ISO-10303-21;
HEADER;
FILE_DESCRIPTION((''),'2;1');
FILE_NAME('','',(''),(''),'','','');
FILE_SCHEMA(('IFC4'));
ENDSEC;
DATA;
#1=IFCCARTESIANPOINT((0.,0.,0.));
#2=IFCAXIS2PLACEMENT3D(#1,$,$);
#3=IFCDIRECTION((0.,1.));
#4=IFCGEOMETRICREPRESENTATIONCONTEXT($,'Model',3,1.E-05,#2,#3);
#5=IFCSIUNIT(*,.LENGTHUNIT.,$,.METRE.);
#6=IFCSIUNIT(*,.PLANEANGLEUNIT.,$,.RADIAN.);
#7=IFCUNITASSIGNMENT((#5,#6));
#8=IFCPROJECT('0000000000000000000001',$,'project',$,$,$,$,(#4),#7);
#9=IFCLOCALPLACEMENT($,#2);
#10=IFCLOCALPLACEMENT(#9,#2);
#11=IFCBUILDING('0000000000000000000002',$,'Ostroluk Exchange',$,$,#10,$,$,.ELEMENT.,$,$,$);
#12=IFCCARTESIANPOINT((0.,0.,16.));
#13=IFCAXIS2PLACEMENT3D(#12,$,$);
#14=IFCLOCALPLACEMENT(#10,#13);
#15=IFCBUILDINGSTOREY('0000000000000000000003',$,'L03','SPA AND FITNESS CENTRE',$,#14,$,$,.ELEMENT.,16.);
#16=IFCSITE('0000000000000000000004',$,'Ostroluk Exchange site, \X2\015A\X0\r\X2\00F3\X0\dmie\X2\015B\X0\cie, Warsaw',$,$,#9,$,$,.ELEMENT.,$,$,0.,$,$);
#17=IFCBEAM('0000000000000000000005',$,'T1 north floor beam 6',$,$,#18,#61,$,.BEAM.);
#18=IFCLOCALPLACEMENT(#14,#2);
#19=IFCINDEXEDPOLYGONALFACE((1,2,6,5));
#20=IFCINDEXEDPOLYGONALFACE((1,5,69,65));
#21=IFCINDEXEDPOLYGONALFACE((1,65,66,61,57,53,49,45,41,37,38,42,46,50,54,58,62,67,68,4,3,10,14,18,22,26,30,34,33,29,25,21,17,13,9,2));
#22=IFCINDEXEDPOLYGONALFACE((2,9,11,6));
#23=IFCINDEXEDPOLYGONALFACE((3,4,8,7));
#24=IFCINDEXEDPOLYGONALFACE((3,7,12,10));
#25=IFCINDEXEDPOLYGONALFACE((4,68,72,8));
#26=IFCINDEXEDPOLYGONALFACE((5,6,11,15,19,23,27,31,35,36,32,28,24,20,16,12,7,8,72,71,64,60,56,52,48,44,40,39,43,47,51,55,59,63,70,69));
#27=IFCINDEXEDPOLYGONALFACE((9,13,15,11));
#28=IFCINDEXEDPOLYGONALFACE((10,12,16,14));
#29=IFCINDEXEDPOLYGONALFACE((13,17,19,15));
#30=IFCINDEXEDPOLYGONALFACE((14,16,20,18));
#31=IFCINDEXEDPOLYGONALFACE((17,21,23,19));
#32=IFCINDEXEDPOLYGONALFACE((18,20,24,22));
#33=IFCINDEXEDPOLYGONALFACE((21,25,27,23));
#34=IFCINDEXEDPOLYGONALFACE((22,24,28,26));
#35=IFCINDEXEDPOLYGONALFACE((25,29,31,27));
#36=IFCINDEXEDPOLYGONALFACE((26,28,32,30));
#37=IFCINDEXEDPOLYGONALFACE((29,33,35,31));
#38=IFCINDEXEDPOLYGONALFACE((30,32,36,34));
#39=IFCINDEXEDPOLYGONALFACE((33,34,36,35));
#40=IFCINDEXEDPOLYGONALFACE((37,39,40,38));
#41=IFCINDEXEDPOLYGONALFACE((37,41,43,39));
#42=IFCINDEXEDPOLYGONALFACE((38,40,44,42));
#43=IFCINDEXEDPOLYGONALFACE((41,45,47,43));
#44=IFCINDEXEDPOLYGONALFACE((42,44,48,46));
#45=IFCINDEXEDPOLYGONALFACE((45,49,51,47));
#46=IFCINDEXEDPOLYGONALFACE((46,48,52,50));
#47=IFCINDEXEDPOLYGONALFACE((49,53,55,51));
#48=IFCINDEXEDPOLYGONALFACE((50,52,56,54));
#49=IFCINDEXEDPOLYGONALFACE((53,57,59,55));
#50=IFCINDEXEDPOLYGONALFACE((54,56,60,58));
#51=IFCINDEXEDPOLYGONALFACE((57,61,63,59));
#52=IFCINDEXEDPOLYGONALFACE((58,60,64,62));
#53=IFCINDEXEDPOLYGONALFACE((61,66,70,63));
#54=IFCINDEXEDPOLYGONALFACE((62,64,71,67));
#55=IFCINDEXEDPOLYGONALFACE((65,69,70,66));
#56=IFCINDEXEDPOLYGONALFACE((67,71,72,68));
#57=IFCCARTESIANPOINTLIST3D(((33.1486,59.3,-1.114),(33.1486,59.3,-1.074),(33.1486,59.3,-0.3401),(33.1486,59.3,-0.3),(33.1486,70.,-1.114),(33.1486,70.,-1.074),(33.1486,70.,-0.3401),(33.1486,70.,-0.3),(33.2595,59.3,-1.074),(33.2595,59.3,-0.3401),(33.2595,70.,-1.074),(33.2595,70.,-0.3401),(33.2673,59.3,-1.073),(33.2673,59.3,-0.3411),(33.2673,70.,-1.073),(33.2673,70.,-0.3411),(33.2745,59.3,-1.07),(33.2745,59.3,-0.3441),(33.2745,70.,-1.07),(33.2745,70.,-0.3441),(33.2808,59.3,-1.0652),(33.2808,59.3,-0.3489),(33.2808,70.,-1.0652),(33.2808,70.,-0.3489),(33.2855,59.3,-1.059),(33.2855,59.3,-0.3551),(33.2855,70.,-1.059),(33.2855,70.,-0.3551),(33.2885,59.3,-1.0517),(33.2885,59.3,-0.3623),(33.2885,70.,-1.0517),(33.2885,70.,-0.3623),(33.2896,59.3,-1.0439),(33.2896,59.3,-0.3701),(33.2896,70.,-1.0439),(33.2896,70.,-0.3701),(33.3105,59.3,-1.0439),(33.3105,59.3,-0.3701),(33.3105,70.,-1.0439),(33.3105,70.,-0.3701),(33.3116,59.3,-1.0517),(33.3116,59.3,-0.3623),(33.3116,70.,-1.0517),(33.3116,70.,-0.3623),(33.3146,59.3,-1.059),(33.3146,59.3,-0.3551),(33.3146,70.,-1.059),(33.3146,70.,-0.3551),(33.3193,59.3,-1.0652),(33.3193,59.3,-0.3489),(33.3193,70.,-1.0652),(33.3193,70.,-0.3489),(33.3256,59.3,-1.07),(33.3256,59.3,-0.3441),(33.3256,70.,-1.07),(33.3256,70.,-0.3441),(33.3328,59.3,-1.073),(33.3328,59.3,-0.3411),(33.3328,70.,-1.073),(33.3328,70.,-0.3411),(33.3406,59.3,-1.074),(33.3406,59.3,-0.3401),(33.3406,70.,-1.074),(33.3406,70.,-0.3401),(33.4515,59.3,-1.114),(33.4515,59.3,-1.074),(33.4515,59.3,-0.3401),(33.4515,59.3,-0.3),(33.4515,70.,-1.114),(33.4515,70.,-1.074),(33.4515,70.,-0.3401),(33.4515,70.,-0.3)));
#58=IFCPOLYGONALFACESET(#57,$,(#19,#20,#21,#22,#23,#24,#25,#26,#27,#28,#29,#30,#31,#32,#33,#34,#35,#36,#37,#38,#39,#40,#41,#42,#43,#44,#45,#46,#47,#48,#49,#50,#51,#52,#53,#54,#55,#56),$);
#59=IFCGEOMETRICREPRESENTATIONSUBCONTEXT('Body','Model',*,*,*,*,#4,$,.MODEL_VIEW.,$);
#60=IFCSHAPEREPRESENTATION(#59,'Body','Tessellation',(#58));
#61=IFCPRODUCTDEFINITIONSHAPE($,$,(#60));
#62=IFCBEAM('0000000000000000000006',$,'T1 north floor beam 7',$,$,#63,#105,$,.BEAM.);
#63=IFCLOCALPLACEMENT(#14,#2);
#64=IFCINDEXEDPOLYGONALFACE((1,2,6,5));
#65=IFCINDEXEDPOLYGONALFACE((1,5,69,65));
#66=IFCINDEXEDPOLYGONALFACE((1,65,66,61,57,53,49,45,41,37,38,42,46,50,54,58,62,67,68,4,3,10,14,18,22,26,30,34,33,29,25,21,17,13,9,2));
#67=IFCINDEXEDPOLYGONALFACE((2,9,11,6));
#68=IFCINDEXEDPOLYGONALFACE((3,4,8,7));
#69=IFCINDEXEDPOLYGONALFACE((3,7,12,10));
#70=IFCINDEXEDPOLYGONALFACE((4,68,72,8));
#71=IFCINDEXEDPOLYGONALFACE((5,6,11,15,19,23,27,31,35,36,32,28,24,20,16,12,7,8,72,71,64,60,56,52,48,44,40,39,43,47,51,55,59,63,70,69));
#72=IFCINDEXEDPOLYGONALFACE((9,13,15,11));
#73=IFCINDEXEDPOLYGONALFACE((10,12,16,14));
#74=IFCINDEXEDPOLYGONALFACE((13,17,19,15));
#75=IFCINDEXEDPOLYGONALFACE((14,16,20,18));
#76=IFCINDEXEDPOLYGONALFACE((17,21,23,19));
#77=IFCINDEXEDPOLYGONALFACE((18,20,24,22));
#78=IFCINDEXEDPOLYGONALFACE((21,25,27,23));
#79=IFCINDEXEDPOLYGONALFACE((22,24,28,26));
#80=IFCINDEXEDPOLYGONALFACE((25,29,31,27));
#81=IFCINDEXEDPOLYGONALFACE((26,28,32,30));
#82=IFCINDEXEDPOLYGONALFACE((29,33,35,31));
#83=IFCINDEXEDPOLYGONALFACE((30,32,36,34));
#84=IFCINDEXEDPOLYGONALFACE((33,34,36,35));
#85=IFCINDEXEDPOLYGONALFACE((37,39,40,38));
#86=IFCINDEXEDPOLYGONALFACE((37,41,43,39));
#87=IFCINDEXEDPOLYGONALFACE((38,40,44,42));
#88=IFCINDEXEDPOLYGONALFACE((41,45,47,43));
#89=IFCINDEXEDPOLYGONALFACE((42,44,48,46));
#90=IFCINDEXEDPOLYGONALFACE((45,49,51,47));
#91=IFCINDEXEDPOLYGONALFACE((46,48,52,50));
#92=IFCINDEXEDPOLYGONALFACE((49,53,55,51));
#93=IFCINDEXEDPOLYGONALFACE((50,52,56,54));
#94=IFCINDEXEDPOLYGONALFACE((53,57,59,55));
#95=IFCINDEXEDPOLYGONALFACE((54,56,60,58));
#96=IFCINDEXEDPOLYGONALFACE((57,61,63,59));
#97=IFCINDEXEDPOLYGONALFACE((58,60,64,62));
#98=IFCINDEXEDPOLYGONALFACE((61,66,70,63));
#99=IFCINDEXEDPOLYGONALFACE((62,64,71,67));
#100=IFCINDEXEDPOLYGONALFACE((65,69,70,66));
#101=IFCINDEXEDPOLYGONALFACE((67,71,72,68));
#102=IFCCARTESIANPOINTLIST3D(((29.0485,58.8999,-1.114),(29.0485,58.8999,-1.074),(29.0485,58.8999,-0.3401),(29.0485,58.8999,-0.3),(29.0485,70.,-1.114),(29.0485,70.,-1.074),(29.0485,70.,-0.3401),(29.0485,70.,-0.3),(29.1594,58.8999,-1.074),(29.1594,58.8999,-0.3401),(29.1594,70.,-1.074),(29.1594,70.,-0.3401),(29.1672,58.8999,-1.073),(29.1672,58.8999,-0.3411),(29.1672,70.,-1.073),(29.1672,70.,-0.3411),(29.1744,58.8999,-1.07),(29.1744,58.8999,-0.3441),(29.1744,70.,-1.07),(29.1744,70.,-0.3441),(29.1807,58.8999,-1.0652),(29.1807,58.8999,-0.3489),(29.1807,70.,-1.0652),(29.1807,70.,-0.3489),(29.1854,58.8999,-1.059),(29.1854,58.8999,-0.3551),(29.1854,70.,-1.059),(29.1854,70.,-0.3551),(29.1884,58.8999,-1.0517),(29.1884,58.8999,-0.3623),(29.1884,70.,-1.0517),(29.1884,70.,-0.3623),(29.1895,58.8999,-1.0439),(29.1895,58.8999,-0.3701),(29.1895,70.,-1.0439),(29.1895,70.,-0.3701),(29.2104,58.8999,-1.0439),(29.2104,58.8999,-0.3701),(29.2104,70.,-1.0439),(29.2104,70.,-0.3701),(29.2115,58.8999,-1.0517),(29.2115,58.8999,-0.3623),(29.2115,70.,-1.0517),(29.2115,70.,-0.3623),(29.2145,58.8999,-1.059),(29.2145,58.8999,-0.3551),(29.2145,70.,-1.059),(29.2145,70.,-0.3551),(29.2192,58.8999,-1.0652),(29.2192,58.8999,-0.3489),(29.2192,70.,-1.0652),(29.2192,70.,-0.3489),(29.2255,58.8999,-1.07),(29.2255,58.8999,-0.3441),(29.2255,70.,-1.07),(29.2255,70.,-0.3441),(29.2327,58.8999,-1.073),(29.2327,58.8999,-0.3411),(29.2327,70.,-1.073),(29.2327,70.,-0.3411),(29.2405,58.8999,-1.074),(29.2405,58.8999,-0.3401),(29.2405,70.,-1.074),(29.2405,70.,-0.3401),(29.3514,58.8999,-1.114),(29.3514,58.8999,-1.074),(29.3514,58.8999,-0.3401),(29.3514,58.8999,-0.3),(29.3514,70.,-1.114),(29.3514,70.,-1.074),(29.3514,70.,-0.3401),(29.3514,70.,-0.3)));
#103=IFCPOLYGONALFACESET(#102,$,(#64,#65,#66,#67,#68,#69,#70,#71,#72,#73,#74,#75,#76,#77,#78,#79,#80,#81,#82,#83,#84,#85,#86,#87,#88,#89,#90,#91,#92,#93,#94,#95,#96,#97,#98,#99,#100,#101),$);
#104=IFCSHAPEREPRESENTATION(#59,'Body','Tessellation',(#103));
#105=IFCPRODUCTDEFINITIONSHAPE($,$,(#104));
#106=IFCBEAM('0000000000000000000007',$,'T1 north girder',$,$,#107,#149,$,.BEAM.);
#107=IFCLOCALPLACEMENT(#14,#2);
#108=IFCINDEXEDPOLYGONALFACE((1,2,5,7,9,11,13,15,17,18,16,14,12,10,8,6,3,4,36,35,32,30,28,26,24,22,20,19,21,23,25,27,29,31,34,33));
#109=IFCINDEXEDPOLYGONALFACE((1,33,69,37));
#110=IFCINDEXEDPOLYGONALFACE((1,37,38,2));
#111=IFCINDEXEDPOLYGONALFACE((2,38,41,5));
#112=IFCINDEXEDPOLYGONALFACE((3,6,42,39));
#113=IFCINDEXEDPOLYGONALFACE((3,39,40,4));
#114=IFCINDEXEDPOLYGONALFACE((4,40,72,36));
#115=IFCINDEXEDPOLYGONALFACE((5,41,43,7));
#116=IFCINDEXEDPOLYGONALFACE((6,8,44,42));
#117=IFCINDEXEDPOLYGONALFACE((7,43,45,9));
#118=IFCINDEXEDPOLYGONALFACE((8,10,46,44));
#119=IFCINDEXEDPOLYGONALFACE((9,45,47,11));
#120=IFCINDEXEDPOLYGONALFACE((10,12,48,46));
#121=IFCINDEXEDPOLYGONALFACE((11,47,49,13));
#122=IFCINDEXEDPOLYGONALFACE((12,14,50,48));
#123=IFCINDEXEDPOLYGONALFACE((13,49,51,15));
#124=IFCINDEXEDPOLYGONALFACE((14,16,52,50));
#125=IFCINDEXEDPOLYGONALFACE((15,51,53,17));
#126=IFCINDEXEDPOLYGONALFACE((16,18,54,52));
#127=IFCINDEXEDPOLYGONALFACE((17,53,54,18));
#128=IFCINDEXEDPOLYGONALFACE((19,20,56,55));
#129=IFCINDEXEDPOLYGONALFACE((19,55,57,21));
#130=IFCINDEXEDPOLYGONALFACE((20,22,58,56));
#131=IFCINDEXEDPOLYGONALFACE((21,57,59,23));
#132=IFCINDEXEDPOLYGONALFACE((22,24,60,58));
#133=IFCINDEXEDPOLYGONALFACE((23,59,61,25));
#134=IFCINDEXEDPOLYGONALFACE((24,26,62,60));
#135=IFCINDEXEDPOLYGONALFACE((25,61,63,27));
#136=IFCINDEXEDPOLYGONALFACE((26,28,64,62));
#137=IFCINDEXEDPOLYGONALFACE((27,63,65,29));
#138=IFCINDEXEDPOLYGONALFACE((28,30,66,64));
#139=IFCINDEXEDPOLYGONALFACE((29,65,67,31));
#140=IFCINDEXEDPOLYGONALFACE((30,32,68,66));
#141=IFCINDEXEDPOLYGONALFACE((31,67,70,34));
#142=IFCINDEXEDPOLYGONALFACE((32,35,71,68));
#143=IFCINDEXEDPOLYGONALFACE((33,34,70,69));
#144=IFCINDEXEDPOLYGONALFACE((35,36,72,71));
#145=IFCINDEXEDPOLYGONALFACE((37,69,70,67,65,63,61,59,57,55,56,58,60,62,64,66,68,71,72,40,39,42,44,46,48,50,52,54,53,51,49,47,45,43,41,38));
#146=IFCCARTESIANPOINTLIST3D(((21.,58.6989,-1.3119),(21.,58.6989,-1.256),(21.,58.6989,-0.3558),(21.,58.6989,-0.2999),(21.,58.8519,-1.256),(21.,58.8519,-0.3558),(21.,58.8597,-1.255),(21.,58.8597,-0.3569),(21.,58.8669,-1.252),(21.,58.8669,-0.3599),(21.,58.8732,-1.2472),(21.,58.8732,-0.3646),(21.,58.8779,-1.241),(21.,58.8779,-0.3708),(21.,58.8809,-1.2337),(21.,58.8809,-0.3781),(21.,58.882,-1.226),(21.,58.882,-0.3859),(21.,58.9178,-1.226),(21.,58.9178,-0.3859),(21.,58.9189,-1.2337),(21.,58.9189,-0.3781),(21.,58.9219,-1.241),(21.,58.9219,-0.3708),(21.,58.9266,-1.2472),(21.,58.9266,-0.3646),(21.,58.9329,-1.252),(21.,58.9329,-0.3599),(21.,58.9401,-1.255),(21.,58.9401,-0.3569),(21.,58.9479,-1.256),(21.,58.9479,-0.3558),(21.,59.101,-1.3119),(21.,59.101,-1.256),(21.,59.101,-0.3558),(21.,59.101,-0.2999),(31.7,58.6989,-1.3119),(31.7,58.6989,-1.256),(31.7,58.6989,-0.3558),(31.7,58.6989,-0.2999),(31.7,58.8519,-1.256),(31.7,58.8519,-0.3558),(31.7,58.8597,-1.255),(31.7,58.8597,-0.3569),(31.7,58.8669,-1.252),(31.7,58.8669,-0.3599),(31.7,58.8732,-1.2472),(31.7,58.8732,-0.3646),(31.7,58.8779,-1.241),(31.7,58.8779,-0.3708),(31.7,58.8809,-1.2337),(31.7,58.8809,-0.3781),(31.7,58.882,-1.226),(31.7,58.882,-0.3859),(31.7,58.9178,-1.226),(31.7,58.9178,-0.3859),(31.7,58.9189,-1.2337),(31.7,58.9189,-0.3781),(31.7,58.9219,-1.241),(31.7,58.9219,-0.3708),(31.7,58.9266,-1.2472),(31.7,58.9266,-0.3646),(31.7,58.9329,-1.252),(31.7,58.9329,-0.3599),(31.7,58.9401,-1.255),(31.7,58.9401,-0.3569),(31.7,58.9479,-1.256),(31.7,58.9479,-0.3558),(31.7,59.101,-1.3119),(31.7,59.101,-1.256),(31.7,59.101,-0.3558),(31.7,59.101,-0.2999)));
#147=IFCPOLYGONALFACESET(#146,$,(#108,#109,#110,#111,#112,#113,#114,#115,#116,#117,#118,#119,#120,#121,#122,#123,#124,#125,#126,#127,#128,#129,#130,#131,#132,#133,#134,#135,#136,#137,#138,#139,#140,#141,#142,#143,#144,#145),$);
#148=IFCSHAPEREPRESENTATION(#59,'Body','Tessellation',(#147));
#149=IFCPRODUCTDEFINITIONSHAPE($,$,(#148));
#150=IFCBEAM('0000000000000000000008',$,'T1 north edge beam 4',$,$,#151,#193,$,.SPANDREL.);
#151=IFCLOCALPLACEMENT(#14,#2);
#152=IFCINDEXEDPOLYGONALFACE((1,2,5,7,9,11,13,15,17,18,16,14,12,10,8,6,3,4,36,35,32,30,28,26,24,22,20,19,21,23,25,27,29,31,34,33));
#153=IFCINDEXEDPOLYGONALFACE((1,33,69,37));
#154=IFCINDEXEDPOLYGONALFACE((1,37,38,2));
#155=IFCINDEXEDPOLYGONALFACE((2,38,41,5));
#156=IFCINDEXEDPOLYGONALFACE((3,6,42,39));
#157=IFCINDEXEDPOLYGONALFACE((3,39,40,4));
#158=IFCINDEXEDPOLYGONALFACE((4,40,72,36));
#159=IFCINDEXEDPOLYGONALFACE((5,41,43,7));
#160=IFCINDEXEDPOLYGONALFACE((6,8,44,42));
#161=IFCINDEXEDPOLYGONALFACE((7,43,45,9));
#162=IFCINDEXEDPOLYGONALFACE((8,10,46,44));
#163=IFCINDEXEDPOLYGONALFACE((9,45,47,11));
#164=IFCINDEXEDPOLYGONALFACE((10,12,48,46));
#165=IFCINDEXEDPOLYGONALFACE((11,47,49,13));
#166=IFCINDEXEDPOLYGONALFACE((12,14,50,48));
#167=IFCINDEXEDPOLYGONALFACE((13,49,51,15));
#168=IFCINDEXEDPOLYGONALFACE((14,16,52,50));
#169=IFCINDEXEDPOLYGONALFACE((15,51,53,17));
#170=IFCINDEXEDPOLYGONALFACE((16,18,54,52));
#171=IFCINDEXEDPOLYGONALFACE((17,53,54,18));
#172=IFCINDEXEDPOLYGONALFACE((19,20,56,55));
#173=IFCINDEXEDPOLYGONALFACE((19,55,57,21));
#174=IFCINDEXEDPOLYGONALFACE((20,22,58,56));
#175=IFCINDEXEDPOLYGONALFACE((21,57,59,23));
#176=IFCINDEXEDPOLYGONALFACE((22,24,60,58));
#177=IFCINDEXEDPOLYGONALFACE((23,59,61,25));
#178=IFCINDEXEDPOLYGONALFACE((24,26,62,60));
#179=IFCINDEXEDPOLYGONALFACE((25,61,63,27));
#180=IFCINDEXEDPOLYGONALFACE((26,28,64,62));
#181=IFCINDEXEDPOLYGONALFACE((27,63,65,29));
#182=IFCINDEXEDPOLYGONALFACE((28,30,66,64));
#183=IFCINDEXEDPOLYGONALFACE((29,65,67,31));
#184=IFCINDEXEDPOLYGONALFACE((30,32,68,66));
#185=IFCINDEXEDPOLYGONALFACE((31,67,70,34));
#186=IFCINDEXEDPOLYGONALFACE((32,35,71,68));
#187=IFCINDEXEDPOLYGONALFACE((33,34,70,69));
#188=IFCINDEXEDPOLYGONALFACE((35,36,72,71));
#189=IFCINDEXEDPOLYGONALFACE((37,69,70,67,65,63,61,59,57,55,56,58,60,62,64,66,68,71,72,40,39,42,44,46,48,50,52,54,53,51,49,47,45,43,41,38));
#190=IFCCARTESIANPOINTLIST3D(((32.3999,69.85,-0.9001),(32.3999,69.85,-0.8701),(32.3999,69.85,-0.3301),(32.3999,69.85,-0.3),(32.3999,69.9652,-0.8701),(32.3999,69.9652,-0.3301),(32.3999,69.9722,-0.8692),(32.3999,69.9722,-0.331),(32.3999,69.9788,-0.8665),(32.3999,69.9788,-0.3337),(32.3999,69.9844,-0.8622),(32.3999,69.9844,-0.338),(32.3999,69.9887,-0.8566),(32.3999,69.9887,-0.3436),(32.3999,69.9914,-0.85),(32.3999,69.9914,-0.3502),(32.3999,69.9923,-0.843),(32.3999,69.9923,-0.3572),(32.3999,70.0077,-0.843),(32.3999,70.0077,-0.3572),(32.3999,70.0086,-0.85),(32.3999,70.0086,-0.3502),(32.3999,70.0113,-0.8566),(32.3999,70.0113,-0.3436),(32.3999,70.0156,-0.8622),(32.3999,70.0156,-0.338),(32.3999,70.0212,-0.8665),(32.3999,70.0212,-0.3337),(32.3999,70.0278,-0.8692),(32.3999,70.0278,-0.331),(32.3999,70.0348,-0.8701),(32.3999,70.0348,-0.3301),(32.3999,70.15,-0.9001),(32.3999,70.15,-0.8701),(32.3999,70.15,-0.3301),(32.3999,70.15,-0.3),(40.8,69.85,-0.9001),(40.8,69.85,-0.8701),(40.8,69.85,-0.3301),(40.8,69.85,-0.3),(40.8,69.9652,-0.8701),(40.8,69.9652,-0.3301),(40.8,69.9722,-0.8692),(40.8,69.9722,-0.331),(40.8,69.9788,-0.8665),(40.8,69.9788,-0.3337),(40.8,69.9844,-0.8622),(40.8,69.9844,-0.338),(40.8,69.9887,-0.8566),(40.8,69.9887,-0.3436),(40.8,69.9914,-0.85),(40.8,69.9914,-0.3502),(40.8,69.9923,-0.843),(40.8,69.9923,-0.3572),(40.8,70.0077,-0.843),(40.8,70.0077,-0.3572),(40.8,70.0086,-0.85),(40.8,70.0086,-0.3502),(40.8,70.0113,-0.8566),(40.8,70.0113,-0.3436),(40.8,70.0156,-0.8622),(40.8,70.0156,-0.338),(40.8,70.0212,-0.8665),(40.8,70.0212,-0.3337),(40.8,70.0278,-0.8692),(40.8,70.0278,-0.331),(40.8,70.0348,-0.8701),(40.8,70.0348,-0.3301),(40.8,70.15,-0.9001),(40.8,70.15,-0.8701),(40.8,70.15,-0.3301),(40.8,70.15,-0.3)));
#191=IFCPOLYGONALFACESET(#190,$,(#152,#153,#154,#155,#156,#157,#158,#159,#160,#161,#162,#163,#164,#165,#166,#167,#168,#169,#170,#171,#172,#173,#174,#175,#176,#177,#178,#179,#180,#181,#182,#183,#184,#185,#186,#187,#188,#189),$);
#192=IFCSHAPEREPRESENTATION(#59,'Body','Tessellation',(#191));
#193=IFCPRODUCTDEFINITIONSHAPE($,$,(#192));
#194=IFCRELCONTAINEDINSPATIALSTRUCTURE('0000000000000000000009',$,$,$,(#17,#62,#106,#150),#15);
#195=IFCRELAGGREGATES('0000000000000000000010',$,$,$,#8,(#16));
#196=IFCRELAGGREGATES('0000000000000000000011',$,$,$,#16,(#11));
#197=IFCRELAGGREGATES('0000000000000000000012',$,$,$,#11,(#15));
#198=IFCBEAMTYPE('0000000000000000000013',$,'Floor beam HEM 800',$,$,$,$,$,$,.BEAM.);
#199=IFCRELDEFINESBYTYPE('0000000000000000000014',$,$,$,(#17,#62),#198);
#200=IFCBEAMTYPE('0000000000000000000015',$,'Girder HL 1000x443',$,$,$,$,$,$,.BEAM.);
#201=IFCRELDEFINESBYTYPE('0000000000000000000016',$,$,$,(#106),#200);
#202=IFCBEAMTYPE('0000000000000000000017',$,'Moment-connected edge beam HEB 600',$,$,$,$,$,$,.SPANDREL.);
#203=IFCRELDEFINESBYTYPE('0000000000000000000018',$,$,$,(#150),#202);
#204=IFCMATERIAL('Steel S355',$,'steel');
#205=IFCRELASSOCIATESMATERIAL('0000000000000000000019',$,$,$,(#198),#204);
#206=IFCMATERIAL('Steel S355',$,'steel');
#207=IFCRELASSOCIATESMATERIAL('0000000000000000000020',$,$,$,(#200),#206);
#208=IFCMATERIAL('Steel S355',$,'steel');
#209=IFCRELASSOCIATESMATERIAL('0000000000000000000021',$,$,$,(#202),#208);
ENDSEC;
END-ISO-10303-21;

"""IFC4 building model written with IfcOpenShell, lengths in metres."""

from ifc_helpers import new_model, si_unit, direction, frame, origin, origin_2d, place, context, subcontext, project, spatial, i_section, extrude, material, material_profile, profile_set, type_object, element, save


model = new_model("IFC4")

# Units and contexts
model_context = context("Model", 3, precision=1e-05, world=origin(), true_north=direction((0.0, 1.0)))
body_context = subcontext(model_context, "Body", "Model", "MODEL_VIEW")
ifc_project = project(units=[si_unit("LENGTHUNIT", "METRE"), si_unit("PLANEANGLEUNIT", "RADIAN")], contexts=[model_context])

# Site, building, storey
site_placement = place(None, origin())
site = spatial("IfcSite", under=ifc_project, at=site_placement, Name="Ostroluk Exchange site, Śródmieście, Warsaw", CompositionType="ELEMENT", RefElevation=0.0)
building_placement = place(site_placement, origin())
building = spatial("IfcBuilding", under=site, at=building_placement, Name="Ostroluk Exchange", CompositionType="ELEMENT")
storey_placement = place(building_placement, frame((0.0, 0.0, 16.0)))
storey = spatial("IfcBuildingStorey", under=building, at=storey_placement, Name="L03", Description="SPA AND FITNESS CENTRE", CompositionType="ELEMENT", Elevation=16.0)

# Beams
ifc_material_1 = material(Name="Steel S355", Category="steel")
ifc_material_profile_1 = material_profile(ifc_material_1, i_section(OverallWidth=0.303, OverallDepth=0.814, WebThickness=0.021, FlangeThickness=0.04, FilletRadius=0.03, at=origin_2d()), Name="HEM 800")
ifc_profile_set_1 = profile_set([ifc_material_profile_1], Name="Steel S355")
beam_type_1 = type_object("IfcBeamType", Name="Floor beam HEM 800", PredefinedType="BEAM", material=ifc_profile_set_1)
beam_1_placement = place(storey_placement, frame((33.3, 59.3, -0.707), z_axis=(0.0, 1.0, 0.0), x_axis=(-1.0, 0.0, 0.0)))
element("IfcBeam", 1, at=beam_1_placement, inside=storey, type_object=beam_type_1, Name="T1 north floor beam 6", PredefinedType="BEAM", context=body_context, shape_type="SweptSolid", body=[
    extrude(i_section(OverallWidth=0.303, OverallDepth=0.814, WebThickness=0.021, FlangeThickness=0.04, FilletRadius=0.03, at=origin_2d()), origin(), (0.0, 0.0, 1.0), 10.7),
])
beam_2_placement = place(storey_placement, frame((29.2, 58.8999, -0.707), z_axis=(0.0, 1.0, 0.0), x_axis=(-1.0, 0.0, 0.0)))
element("IfcBeam", 2, at=beam_2_placement, inside=storey, type_object=beam_type_1, Name="T1 north floor beam 7", PredefinedType="BEAM", context=body_context, shape_type="SweptSolid", body=[
    extrude(i_section(OverallWidth=0.303, OverallDepth=0.814, WebThickness=0.021, FlangeThickness=0.04, FilletRadius=0.03, at=origin_2d()), origin(), (0.0, 0.0, 1.0), 11.1001),
])
ifc_material_2 = material(Name="Steel S355", Category="steel")
ifc_material_profile_2 = material_profile(ifc_material_2, i_section(OverallWidth=0.4021, OverallDepth=1.012, WebThickness=0.0359, FlangeThickness=0.0559, FilletRadius=0.03, at=origin_2d()), Name="HL 1000x443")
ifc_profile_set_2 = profile_set([ifc_material_profile_2], Name="Steel S355")
beam_type_2 = type_object("IfcBeamType", Name="Girder HL 1000x443", PredefinedType="BEAM", material=ifc_profile_set_2)
beam_3_placement = place(storey_placement, frame((31.7, 58.8999, -0.8059), z_axis=(-1.0, 0.0, 0.0), x_axis=(0.0, -1.0, 0.0)))
element("IfcBeam", 3, at=beam_3_placement, inside=storey, type_object=beam_type_2, Name="T1 north girder", PredefinedType="BEAM", context=body_context, shape_type="SweptSolid", body=[
    extrude(i_section(OverallWidth=0.4021, OverallDepth=1.012, WebThickness=0.0359, FlangeThickness=0.0559, FilletRadius=0.03, at=origin_2d()), origin(), (0.0, 0.0, 1.0), 10.7),
])
ifc_material_3 = material(Name="Steel S355", Category="steel")
ifc_material_profile_3 = material_profile(ifc_material_3, i_section(OverallWidth=0.3, OverallDepth=0.6001, WebThickness=0.0154, FlangeThickness=0.03, FilletRadius=0.0271, at=origin_2d()), Name="HEB 600")
ifc_profile_set_3 = profile_set([ifc_material_profile_3], Name="Steel S355")
beam_type_3 = type_object("IfcBeamType", Name="Moment-connected edge beam HEB 600", PredefinedType="SPANDREL", material=ifc_profile_set_3)
beam_4_placement = place(storey_placement, frame((40.8, 70.0, -0.6001), z_axis=(-1.0, 0.0, 0.0), x_axis=(0.0, -1.0, 0.0)))
element("IfcBeam", 4, at=beam_4_placement, inside=storey, type_object=beam_type_3, Name="T1 north edge beam 4", PredefinedType="SPANDREL", context=body_context, shape_type="SweptSolid", body=[
    extrude(i_section(OverallWidth=0.3, OverallDepth=0.6001, WebThickness=0.0154, FlangeThickness=0.03, FilletRadius=0.0271, at=origin_2d()), origin(), (0.0, 0.0, 1.0), 8.4001),
])

save(model, "model.ifc")
